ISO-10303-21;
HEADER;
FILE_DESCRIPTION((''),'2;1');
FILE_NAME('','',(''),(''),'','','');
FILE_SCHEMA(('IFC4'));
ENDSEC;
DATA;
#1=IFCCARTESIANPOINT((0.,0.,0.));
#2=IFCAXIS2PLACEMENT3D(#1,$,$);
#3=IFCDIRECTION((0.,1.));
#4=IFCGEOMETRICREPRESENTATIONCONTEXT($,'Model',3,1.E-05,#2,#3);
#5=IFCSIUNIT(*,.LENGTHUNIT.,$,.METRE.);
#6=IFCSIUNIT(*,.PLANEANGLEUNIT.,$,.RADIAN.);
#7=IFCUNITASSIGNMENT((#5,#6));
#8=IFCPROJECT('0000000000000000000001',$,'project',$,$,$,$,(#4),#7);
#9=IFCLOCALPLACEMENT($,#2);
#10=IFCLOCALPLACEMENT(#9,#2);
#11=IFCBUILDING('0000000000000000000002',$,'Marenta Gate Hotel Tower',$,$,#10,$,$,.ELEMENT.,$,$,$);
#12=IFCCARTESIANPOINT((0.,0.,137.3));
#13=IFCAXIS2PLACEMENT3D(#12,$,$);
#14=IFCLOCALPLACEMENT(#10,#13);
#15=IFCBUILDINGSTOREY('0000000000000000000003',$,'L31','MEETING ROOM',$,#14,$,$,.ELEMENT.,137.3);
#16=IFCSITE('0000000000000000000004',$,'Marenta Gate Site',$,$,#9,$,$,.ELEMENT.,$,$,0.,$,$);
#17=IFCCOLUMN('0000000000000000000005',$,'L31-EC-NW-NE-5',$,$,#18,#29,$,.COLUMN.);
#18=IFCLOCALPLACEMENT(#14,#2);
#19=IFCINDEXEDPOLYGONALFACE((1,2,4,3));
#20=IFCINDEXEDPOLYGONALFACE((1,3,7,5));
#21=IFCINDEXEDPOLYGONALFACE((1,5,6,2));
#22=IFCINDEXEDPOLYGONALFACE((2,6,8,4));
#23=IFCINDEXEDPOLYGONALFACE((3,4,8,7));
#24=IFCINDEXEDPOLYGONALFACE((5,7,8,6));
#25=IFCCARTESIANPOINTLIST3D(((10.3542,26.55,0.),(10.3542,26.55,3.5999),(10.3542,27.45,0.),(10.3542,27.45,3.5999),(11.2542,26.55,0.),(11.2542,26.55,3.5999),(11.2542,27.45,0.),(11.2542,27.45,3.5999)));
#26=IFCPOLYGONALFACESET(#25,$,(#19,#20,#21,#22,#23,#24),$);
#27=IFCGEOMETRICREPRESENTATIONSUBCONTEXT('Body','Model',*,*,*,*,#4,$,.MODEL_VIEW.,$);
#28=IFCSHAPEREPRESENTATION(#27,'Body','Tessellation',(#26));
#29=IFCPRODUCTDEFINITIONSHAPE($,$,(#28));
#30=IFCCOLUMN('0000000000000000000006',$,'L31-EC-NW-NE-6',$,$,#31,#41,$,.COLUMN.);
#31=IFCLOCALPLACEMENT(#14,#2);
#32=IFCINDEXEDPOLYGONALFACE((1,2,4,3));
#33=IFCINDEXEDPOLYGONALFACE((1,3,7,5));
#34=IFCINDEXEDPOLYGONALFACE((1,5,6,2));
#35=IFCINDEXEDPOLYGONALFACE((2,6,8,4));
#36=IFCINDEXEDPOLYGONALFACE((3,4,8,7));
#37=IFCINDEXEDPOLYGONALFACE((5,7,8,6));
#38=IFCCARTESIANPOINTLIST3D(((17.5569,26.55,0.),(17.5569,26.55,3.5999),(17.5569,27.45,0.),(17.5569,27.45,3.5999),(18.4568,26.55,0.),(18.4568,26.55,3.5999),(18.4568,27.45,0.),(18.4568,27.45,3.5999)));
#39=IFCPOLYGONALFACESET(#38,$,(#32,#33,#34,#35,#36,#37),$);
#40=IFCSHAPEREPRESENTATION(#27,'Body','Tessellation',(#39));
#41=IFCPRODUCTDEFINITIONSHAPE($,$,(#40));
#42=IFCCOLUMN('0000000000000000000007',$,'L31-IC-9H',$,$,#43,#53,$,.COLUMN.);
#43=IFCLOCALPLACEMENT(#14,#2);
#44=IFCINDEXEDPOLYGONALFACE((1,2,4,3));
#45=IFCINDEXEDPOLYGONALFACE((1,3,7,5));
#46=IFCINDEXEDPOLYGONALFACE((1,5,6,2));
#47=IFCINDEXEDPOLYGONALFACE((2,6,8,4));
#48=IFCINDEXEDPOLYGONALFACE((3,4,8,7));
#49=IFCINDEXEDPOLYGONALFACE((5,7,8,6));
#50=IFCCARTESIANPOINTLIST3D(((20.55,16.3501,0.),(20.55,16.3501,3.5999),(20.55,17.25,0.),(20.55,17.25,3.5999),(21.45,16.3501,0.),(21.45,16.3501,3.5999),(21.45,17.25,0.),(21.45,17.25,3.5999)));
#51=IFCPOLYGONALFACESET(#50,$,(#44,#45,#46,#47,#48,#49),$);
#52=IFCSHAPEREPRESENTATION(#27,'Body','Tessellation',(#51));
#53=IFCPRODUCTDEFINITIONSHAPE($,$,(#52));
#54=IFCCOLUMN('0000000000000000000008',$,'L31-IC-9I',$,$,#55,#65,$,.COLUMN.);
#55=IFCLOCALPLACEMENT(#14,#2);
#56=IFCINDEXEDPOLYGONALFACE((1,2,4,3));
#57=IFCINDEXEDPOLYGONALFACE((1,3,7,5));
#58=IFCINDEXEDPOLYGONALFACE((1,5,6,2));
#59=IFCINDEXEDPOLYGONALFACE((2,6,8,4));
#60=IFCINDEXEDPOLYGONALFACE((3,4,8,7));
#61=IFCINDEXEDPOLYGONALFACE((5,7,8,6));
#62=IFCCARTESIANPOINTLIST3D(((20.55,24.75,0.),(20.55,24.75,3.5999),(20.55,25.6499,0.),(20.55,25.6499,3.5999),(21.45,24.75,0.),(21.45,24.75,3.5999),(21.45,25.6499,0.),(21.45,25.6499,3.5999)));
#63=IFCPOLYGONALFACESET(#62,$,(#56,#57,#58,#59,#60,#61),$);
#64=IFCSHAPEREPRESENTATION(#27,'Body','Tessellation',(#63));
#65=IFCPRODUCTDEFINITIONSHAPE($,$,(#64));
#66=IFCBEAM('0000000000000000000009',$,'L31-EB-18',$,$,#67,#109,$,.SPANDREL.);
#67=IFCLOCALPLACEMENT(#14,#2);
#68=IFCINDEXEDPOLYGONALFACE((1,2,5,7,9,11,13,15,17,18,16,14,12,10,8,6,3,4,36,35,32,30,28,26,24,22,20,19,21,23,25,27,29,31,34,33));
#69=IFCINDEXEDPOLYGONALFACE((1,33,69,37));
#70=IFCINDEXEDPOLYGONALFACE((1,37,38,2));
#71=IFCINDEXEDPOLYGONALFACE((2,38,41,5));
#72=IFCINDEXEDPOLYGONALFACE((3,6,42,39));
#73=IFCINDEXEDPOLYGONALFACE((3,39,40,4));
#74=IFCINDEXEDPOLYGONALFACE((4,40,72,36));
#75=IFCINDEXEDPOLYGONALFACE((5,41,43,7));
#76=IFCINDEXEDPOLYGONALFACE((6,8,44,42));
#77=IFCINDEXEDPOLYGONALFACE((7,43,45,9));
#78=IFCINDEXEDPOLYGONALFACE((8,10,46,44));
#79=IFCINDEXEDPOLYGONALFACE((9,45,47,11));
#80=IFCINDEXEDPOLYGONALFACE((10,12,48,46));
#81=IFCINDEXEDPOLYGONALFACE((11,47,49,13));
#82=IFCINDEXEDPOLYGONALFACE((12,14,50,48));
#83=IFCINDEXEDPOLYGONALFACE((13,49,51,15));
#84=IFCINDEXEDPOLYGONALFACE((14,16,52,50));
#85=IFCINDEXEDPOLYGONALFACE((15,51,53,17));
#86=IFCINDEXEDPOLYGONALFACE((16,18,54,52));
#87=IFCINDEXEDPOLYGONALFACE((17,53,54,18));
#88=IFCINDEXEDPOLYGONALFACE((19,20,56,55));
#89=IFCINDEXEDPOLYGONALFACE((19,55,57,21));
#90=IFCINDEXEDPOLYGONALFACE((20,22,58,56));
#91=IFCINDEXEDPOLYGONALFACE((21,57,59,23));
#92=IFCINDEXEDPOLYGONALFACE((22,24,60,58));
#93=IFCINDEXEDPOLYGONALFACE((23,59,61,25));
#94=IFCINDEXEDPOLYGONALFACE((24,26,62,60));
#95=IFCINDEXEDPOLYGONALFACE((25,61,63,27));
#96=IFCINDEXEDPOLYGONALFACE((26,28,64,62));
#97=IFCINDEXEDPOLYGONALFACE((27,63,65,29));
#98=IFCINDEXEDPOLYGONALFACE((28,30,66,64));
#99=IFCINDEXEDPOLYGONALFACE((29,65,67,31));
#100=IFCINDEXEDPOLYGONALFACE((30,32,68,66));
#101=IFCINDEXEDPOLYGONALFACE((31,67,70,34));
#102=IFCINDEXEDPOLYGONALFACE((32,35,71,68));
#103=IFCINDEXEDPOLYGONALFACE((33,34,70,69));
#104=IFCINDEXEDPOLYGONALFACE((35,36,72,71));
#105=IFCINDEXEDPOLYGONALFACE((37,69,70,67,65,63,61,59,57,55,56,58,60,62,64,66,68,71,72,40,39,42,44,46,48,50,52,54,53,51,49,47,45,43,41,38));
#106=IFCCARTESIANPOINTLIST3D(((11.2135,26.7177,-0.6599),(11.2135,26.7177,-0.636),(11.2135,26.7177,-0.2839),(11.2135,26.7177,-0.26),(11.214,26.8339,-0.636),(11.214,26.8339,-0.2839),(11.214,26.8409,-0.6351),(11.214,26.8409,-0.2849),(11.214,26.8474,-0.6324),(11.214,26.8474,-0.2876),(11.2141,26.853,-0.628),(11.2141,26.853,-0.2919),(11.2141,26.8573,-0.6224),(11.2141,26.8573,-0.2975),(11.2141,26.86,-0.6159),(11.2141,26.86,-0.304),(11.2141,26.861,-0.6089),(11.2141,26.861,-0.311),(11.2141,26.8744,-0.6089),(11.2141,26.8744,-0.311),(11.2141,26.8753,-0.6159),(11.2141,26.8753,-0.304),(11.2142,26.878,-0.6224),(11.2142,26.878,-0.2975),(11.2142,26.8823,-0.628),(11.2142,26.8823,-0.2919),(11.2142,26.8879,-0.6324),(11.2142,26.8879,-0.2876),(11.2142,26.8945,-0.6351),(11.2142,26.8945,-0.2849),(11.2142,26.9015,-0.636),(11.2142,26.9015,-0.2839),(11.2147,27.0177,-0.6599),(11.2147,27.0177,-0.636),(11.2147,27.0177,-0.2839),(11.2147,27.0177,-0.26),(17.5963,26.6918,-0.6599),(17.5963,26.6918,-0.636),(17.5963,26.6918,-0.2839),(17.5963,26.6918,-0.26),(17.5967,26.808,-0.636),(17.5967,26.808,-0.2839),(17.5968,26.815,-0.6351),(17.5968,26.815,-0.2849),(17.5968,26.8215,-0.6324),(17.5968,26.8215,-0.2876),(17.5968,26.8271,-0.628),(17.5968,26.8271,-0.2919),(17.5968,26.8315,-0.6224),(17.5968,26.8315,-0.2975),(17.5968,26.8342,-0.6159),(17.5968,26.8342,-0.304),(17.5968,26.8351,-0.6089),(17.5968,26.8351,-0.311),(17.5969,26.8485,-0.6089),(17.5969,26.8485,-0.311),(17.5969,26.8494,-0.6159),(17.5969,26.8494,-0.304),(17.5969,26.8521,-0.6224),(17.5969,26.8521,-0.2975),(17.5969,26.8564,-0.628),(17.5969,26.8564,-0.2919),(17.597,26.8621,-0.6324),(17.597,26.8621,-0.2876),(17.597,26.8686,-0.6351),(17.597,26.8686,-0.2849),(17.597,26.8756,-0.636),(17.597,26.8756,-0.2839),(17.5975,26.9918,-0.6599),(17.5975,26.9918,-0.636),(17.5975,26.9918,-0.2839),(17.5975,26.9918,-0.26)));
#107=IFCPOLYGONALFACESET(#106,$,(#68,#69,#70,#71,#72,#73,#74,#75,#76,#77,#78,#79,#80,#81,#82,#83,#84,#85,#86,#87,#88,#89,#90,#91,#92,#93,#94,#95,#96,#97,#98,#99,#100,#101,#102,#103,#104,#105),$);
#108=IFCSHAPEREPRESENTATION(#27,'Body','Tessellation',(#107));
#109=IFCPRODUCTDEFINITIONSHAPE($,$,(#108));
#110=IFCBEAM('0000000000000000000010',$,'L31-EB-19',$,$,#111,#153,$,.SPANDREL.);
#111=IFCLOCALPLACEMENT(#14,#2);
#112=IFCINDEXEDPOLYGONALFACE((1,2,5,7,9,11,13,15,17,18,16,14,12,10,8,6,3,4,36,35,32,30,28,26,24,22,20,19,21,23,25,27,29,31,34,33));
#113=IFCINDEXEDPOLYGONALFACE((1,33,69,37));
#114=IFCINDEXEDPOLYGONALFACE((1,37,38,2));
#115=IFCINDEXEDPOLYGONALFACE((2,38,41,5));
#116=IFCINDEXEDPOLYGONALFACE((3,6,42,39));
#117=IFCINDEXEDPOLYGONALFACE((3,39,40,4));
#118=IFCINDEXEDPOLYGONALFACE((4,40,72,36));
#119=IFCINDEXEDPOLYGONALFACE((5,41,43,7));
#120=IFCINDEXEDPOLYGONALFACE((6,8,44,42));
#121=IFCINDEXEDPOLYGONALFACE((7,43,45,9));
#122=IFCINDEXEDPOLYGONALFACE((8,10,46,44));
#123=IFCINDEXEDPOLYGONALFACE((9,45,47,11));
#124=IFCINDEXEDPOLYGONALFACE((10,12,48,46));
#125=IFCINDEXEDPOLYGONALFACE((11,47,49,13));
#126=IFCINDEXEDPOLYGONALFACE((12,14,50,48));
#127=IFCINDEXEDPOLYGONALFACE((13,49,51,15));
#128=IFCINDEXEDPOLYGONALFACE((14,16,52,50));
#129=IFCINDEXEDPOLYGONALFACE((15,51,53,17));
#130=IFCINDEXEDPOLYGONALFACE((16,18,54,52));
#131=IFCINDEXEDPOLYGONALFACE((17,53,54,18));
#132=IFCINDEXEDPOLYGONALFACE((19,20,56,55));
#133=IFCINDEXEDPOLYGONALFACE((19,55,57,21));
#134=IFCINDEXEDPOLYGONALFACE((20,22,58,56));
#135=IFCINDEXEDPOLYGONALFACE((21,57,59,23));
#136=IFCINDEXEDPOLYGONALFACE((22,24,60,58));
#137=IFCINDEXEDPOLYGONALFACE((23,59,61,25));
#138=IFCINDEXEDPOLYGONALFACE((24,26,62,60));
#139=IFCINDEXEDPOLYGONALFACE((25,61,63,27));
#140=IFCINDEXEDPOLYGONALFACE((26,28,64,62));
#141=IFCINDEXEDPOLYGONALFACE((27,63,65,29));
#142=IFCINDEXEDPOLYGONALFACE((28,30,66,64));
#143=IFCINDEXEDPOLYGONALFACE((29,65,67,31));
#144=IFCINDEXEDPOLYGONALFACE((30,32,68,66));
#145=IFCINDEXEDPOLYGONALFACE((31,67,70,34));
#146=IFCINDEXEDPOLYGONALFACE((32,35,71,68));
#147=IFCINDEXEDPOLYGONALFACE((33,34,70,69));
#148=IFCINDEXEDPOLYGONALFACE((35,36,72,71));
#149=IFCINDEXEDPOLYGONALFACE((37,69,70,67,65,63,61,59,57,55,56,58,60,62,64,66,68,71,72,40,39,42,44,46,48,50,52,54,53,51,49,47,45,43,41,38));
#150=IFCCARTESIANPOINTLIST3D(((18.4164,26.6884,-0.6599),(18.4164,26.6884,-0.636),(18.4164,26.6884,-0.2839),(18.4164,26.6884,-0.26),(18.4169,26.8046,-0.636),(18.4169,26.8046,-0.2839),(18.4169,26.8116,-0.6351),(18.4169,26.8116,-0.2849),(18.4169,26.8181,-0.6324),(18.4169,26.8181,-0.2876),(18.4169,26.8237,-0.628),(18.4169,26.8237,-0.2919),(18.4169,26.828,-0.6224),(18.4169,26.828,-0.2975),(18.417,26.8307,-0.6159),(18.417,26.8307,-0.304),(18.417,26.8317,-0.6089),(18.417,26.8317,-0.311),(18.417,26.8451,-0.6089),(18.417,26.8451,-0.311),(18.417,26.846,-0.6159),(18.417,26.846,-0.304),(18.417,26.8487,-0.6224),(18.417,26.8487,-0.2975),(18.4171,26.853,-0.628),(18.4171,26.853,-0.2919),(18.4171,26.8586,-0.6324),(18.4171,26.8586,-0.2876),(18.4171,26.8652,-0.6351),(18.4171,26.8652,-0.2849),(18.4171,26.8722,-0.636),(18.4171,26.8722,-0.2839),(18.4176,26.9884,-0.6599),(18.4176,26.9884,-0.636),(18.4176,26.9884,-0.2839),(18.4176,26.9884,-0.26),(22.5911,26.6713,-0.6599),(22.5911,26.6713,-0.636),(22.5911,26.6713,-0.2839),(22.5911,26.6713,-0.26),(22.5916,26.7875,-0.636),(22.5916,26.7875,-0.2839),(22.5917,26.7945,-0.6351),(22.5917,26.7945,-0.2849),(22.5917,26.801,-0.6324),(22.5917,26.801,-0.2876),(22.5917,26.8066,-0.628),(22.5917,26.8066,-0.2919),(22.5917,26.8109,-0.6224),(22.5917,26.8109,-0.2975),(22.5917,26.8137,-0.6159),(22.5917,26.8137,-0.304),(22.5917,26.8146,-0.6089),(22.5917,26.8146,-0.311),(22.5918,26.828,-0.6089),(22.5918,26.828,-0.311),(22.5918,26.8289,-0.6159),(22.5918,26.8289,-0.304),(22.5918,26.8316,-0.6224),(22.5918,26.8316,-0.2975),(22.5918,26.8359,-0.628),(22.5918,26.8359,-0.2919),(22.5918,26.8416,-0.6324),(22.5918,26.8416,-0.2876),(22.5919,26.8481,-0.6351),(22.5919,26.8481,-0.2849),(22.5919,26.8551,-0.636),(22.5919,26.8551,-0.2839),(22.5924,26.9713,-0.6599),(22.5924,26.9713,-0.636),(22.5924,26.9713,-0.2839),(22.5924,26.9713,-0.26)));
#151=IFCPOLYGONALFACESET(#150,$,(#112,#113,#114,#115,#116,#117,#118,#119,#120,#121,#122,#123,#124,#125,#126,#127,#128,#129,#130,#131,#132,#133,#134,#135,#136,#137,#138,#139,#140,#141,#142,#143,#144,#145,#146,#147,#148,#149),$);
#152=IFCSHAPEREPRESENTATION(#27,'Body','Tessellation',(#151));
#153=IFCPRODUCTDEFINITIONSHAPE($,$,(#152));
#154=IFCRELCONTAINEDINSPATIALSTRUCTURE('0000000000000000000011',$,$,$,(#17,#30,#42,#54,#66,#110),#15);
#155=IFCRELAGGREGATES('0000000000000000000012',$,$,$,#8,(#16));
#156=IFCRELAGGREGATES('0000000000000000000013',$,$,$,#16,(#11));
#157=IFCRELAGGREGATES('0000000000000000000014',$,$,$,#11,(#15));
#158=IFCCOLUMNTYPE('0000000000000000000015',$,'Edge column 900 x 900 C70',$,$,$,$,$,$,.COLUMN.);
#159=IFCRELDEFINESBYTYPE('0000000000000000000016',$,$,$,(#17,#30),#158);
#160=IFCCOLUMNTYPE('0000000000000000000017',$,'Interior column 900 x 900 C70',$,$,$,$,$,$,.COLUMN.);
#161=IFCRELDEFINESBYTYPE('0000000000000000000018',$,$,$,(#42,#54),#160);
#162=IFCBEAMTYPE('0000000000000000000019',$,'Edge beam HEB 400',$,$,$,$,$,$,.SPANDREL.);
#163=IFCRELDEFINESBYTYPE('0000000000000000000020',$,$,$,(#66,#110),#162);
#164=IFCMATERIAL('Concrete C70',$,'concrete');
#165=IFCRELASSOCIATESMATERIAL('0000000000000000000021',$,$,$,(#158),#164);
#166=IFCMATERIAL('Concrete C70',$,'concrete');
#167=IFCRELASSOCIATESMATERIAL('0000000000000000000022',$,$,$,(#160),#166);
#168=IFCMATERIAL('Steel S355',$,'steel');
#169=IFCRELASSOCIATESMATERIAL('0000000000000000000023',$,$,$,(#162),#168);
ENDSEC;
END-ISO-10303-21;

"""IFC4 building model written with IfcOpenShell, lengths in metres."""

from ifc_helpers import new_model, si_unit, direction, frame, origin, origin_2d, place, context, subcontext, project, spatial, rectangle, i_section, extrude, material, material_profile, profile_set, type_object, element, save


model = new_model("IFC4")

# Units and contexts
model_context = context("Model", 3, precision=1e-05, world=origin(), true_north=direction((0.0, 1.0)))
body_context = subcontext(model_context, "Body", "Model", "MODEL_VIEW")
ifc_project = project(units=[si_unit("LENGTHUNIT", "METRE"), si_unit("PLANEANGLEUNIT", "RADIAN")], contexts=[model_context])

# Site, building, storey
site_placement = place(None, origin())
site = spatial("IfcSite", under=ifc_project, at=site_placement, Name="Marenta Gate Site", CompositionType="ELEMENT", RefElevation=0.0)
building_placement = place(site_placement, origin())
building = spatial("IfcBuilding", under=site, at=building_placement, Name="Marenta Gate Hotel Tower", CompositionType="ELEMENT")
storey_placement = place(building_placement, frame((0.0, 0.0, 137.3)))
storey = spatial("IfcBuildingStorey", under=building, at=storey_placement, Name="L31", Description="MEETING ROOM", CompositionType="ELEMENT", Elevation=137.3)

# Columns
ifc_material_1 = material(Name="Concrete C70", Category="concrete")
ifc_material_profile_1 = material_profile(ifc_material_1, rectangle(XDim=0.8999, YDim=0.8999, at=origin_2d()), Name="900 x 900")
ifc_profile_set_1 = profile_set([ifc_material_profile_1], Name="Concrete C70")
column_type_1 = type_object("IfcColumnType", Name="Edge column 900 x 900 C70", PredefinedType="COLUMN", material=ifc_profile_set_1)
for number, where, z_axis, x_axis, name in (
    (1, (10.8042, 27.0, 0.0), (0.0, 0.0, 1.0), (1.0, 0.0, 0.0), "L31-EC-NW-NE-5"),
    (2, (18.0068, 27.0, 0.0), (0.0, 0.0, 1.0), (1.0, 0.0, 0.0), "L31-EC-NW-NE-6"),
):
    element("IfcColumn", number, at=place(storey_placement, frame(where, z_axis=z_axis, x_axis=x_axis)), inside=storey, type_object=column_type_1, Name=name, PredefinedType="COLUMN", context=body_context, shape_type="SweptSolid", body=[
        extrude(rectangle(XDim=0.8999, YDim=0.8999, at=origin_2d()), origin(), (0.0, 0.0, 1.0), 3.5999),
    ])
ifc_material_2 = material(Name="Concrete C70", Category="concrete")
ifc_material_profile_2 = material_profile(ifc_material_2, rectangle(XDim=0.8999, YDim=0.8999, at=origin_2d()), Name="900 x 900")
ifc_profile_set_2 = profile_set([ifc_material_profile_2], Name="Concrete C70")
column_type_2 = type_object("IfcColumnType", Name="Interior column 900 x 900 C70", PredefinedType="COLUMN", material=ifc_profile_set_2)
for number, where, z_axis, x_axis, name in (
    (3, (21.0, 16.8, 0.0), (0.0, 0.0, 1.0), (1.0, 0.0, 0.0), "L31-IC-9H"),
    (4, (21.0, 25.2, 0.0), (0.0, 0.0, 1.0), (1.0, 0.0, 0.0), "L31-IC-9I"),
):
    element("IfcColumn", number, at=place(storey_placement, frame(where, z_axis=z_axis, x_axis=x_axis)), inside=storey, type_object=column_type_2, Name=name, PredefinedType="COLUMN", context=body_context, shape_type="SweptSolid", body=[
        extrude(rectangle(XDim=0.8999, YDim=0.8999, at=origin_2d()), origin(), (0.0, 0.0, 1.0), 3.5999),
    ])

# Beams
ifc_material_3 = material(Name="Steel S355", Category="steel")
ifc_material_profile_3 = material_profile(ifc_material_3, i_section(OverallWidth=0.3, OverallDepth=0.3999, WebThickness=0.0134, FlangeThickness=0.0239, FilletRadius=0.0271, at=origin_2d()), Name="HEB 400")
ifc_profile_set_3 = profile_set([ifc_material_profile_3], Name="Steel S355")
beam_type_1 = type_object("IfcBeamType", Name="Edge beam HEB 400", PredefinedType="SPANDREL", material=ifc_profile_set_3)
beam_1_placement = place(storey_placement, frame((11.2141, 26.8677, -0.46), z_axis=(0.999992, -0.004054, 0.0), x_axis=(0.004054, 0.999992, 0.0)))
element("IfcBeam", 5, at=beam_1_placement, inside=storey, type_object=beam_type_1, Name="L31-EB-18", PredefinedType="SPANDREL", context=body_context, shape_type="SweptSolid", body=[
    extrude(i_section(OverallWidth=0.3, OverallDepth=0.3999, WebThickness=0.0134, FlangeThickness=0.0239, FilletRadius=0.0271, at=origin_2d()), origin(), (0.0, 0.0, 1.0), 6.3828),
])
beam_2_placement = place(storey_placement, frame((18.417, 26.8384, -0.46), z_axis=(0.999992, -0.004094, 0.0), x_axis=(0.004094, 0.999992, 0.0)))
element("IfcBeam", 6, at=beam_2_placement, inside=storey, type_object=beam_type_1, Name="L31-EB-19", PredefinedType="SPANDREL", context=body_context, shape_type="SweptSolid", body=[
    extrude(i_section(OverallWidth=0.3, OverallDepth=0.3999, WebThickness=0.0134, FlangeThickness=0.0239, FilletRadius=0.0271, at=origin_2d()), origin(), (0.0, 0.0, 1.0), 4.1748),
])

save(model, "model.ifc")
